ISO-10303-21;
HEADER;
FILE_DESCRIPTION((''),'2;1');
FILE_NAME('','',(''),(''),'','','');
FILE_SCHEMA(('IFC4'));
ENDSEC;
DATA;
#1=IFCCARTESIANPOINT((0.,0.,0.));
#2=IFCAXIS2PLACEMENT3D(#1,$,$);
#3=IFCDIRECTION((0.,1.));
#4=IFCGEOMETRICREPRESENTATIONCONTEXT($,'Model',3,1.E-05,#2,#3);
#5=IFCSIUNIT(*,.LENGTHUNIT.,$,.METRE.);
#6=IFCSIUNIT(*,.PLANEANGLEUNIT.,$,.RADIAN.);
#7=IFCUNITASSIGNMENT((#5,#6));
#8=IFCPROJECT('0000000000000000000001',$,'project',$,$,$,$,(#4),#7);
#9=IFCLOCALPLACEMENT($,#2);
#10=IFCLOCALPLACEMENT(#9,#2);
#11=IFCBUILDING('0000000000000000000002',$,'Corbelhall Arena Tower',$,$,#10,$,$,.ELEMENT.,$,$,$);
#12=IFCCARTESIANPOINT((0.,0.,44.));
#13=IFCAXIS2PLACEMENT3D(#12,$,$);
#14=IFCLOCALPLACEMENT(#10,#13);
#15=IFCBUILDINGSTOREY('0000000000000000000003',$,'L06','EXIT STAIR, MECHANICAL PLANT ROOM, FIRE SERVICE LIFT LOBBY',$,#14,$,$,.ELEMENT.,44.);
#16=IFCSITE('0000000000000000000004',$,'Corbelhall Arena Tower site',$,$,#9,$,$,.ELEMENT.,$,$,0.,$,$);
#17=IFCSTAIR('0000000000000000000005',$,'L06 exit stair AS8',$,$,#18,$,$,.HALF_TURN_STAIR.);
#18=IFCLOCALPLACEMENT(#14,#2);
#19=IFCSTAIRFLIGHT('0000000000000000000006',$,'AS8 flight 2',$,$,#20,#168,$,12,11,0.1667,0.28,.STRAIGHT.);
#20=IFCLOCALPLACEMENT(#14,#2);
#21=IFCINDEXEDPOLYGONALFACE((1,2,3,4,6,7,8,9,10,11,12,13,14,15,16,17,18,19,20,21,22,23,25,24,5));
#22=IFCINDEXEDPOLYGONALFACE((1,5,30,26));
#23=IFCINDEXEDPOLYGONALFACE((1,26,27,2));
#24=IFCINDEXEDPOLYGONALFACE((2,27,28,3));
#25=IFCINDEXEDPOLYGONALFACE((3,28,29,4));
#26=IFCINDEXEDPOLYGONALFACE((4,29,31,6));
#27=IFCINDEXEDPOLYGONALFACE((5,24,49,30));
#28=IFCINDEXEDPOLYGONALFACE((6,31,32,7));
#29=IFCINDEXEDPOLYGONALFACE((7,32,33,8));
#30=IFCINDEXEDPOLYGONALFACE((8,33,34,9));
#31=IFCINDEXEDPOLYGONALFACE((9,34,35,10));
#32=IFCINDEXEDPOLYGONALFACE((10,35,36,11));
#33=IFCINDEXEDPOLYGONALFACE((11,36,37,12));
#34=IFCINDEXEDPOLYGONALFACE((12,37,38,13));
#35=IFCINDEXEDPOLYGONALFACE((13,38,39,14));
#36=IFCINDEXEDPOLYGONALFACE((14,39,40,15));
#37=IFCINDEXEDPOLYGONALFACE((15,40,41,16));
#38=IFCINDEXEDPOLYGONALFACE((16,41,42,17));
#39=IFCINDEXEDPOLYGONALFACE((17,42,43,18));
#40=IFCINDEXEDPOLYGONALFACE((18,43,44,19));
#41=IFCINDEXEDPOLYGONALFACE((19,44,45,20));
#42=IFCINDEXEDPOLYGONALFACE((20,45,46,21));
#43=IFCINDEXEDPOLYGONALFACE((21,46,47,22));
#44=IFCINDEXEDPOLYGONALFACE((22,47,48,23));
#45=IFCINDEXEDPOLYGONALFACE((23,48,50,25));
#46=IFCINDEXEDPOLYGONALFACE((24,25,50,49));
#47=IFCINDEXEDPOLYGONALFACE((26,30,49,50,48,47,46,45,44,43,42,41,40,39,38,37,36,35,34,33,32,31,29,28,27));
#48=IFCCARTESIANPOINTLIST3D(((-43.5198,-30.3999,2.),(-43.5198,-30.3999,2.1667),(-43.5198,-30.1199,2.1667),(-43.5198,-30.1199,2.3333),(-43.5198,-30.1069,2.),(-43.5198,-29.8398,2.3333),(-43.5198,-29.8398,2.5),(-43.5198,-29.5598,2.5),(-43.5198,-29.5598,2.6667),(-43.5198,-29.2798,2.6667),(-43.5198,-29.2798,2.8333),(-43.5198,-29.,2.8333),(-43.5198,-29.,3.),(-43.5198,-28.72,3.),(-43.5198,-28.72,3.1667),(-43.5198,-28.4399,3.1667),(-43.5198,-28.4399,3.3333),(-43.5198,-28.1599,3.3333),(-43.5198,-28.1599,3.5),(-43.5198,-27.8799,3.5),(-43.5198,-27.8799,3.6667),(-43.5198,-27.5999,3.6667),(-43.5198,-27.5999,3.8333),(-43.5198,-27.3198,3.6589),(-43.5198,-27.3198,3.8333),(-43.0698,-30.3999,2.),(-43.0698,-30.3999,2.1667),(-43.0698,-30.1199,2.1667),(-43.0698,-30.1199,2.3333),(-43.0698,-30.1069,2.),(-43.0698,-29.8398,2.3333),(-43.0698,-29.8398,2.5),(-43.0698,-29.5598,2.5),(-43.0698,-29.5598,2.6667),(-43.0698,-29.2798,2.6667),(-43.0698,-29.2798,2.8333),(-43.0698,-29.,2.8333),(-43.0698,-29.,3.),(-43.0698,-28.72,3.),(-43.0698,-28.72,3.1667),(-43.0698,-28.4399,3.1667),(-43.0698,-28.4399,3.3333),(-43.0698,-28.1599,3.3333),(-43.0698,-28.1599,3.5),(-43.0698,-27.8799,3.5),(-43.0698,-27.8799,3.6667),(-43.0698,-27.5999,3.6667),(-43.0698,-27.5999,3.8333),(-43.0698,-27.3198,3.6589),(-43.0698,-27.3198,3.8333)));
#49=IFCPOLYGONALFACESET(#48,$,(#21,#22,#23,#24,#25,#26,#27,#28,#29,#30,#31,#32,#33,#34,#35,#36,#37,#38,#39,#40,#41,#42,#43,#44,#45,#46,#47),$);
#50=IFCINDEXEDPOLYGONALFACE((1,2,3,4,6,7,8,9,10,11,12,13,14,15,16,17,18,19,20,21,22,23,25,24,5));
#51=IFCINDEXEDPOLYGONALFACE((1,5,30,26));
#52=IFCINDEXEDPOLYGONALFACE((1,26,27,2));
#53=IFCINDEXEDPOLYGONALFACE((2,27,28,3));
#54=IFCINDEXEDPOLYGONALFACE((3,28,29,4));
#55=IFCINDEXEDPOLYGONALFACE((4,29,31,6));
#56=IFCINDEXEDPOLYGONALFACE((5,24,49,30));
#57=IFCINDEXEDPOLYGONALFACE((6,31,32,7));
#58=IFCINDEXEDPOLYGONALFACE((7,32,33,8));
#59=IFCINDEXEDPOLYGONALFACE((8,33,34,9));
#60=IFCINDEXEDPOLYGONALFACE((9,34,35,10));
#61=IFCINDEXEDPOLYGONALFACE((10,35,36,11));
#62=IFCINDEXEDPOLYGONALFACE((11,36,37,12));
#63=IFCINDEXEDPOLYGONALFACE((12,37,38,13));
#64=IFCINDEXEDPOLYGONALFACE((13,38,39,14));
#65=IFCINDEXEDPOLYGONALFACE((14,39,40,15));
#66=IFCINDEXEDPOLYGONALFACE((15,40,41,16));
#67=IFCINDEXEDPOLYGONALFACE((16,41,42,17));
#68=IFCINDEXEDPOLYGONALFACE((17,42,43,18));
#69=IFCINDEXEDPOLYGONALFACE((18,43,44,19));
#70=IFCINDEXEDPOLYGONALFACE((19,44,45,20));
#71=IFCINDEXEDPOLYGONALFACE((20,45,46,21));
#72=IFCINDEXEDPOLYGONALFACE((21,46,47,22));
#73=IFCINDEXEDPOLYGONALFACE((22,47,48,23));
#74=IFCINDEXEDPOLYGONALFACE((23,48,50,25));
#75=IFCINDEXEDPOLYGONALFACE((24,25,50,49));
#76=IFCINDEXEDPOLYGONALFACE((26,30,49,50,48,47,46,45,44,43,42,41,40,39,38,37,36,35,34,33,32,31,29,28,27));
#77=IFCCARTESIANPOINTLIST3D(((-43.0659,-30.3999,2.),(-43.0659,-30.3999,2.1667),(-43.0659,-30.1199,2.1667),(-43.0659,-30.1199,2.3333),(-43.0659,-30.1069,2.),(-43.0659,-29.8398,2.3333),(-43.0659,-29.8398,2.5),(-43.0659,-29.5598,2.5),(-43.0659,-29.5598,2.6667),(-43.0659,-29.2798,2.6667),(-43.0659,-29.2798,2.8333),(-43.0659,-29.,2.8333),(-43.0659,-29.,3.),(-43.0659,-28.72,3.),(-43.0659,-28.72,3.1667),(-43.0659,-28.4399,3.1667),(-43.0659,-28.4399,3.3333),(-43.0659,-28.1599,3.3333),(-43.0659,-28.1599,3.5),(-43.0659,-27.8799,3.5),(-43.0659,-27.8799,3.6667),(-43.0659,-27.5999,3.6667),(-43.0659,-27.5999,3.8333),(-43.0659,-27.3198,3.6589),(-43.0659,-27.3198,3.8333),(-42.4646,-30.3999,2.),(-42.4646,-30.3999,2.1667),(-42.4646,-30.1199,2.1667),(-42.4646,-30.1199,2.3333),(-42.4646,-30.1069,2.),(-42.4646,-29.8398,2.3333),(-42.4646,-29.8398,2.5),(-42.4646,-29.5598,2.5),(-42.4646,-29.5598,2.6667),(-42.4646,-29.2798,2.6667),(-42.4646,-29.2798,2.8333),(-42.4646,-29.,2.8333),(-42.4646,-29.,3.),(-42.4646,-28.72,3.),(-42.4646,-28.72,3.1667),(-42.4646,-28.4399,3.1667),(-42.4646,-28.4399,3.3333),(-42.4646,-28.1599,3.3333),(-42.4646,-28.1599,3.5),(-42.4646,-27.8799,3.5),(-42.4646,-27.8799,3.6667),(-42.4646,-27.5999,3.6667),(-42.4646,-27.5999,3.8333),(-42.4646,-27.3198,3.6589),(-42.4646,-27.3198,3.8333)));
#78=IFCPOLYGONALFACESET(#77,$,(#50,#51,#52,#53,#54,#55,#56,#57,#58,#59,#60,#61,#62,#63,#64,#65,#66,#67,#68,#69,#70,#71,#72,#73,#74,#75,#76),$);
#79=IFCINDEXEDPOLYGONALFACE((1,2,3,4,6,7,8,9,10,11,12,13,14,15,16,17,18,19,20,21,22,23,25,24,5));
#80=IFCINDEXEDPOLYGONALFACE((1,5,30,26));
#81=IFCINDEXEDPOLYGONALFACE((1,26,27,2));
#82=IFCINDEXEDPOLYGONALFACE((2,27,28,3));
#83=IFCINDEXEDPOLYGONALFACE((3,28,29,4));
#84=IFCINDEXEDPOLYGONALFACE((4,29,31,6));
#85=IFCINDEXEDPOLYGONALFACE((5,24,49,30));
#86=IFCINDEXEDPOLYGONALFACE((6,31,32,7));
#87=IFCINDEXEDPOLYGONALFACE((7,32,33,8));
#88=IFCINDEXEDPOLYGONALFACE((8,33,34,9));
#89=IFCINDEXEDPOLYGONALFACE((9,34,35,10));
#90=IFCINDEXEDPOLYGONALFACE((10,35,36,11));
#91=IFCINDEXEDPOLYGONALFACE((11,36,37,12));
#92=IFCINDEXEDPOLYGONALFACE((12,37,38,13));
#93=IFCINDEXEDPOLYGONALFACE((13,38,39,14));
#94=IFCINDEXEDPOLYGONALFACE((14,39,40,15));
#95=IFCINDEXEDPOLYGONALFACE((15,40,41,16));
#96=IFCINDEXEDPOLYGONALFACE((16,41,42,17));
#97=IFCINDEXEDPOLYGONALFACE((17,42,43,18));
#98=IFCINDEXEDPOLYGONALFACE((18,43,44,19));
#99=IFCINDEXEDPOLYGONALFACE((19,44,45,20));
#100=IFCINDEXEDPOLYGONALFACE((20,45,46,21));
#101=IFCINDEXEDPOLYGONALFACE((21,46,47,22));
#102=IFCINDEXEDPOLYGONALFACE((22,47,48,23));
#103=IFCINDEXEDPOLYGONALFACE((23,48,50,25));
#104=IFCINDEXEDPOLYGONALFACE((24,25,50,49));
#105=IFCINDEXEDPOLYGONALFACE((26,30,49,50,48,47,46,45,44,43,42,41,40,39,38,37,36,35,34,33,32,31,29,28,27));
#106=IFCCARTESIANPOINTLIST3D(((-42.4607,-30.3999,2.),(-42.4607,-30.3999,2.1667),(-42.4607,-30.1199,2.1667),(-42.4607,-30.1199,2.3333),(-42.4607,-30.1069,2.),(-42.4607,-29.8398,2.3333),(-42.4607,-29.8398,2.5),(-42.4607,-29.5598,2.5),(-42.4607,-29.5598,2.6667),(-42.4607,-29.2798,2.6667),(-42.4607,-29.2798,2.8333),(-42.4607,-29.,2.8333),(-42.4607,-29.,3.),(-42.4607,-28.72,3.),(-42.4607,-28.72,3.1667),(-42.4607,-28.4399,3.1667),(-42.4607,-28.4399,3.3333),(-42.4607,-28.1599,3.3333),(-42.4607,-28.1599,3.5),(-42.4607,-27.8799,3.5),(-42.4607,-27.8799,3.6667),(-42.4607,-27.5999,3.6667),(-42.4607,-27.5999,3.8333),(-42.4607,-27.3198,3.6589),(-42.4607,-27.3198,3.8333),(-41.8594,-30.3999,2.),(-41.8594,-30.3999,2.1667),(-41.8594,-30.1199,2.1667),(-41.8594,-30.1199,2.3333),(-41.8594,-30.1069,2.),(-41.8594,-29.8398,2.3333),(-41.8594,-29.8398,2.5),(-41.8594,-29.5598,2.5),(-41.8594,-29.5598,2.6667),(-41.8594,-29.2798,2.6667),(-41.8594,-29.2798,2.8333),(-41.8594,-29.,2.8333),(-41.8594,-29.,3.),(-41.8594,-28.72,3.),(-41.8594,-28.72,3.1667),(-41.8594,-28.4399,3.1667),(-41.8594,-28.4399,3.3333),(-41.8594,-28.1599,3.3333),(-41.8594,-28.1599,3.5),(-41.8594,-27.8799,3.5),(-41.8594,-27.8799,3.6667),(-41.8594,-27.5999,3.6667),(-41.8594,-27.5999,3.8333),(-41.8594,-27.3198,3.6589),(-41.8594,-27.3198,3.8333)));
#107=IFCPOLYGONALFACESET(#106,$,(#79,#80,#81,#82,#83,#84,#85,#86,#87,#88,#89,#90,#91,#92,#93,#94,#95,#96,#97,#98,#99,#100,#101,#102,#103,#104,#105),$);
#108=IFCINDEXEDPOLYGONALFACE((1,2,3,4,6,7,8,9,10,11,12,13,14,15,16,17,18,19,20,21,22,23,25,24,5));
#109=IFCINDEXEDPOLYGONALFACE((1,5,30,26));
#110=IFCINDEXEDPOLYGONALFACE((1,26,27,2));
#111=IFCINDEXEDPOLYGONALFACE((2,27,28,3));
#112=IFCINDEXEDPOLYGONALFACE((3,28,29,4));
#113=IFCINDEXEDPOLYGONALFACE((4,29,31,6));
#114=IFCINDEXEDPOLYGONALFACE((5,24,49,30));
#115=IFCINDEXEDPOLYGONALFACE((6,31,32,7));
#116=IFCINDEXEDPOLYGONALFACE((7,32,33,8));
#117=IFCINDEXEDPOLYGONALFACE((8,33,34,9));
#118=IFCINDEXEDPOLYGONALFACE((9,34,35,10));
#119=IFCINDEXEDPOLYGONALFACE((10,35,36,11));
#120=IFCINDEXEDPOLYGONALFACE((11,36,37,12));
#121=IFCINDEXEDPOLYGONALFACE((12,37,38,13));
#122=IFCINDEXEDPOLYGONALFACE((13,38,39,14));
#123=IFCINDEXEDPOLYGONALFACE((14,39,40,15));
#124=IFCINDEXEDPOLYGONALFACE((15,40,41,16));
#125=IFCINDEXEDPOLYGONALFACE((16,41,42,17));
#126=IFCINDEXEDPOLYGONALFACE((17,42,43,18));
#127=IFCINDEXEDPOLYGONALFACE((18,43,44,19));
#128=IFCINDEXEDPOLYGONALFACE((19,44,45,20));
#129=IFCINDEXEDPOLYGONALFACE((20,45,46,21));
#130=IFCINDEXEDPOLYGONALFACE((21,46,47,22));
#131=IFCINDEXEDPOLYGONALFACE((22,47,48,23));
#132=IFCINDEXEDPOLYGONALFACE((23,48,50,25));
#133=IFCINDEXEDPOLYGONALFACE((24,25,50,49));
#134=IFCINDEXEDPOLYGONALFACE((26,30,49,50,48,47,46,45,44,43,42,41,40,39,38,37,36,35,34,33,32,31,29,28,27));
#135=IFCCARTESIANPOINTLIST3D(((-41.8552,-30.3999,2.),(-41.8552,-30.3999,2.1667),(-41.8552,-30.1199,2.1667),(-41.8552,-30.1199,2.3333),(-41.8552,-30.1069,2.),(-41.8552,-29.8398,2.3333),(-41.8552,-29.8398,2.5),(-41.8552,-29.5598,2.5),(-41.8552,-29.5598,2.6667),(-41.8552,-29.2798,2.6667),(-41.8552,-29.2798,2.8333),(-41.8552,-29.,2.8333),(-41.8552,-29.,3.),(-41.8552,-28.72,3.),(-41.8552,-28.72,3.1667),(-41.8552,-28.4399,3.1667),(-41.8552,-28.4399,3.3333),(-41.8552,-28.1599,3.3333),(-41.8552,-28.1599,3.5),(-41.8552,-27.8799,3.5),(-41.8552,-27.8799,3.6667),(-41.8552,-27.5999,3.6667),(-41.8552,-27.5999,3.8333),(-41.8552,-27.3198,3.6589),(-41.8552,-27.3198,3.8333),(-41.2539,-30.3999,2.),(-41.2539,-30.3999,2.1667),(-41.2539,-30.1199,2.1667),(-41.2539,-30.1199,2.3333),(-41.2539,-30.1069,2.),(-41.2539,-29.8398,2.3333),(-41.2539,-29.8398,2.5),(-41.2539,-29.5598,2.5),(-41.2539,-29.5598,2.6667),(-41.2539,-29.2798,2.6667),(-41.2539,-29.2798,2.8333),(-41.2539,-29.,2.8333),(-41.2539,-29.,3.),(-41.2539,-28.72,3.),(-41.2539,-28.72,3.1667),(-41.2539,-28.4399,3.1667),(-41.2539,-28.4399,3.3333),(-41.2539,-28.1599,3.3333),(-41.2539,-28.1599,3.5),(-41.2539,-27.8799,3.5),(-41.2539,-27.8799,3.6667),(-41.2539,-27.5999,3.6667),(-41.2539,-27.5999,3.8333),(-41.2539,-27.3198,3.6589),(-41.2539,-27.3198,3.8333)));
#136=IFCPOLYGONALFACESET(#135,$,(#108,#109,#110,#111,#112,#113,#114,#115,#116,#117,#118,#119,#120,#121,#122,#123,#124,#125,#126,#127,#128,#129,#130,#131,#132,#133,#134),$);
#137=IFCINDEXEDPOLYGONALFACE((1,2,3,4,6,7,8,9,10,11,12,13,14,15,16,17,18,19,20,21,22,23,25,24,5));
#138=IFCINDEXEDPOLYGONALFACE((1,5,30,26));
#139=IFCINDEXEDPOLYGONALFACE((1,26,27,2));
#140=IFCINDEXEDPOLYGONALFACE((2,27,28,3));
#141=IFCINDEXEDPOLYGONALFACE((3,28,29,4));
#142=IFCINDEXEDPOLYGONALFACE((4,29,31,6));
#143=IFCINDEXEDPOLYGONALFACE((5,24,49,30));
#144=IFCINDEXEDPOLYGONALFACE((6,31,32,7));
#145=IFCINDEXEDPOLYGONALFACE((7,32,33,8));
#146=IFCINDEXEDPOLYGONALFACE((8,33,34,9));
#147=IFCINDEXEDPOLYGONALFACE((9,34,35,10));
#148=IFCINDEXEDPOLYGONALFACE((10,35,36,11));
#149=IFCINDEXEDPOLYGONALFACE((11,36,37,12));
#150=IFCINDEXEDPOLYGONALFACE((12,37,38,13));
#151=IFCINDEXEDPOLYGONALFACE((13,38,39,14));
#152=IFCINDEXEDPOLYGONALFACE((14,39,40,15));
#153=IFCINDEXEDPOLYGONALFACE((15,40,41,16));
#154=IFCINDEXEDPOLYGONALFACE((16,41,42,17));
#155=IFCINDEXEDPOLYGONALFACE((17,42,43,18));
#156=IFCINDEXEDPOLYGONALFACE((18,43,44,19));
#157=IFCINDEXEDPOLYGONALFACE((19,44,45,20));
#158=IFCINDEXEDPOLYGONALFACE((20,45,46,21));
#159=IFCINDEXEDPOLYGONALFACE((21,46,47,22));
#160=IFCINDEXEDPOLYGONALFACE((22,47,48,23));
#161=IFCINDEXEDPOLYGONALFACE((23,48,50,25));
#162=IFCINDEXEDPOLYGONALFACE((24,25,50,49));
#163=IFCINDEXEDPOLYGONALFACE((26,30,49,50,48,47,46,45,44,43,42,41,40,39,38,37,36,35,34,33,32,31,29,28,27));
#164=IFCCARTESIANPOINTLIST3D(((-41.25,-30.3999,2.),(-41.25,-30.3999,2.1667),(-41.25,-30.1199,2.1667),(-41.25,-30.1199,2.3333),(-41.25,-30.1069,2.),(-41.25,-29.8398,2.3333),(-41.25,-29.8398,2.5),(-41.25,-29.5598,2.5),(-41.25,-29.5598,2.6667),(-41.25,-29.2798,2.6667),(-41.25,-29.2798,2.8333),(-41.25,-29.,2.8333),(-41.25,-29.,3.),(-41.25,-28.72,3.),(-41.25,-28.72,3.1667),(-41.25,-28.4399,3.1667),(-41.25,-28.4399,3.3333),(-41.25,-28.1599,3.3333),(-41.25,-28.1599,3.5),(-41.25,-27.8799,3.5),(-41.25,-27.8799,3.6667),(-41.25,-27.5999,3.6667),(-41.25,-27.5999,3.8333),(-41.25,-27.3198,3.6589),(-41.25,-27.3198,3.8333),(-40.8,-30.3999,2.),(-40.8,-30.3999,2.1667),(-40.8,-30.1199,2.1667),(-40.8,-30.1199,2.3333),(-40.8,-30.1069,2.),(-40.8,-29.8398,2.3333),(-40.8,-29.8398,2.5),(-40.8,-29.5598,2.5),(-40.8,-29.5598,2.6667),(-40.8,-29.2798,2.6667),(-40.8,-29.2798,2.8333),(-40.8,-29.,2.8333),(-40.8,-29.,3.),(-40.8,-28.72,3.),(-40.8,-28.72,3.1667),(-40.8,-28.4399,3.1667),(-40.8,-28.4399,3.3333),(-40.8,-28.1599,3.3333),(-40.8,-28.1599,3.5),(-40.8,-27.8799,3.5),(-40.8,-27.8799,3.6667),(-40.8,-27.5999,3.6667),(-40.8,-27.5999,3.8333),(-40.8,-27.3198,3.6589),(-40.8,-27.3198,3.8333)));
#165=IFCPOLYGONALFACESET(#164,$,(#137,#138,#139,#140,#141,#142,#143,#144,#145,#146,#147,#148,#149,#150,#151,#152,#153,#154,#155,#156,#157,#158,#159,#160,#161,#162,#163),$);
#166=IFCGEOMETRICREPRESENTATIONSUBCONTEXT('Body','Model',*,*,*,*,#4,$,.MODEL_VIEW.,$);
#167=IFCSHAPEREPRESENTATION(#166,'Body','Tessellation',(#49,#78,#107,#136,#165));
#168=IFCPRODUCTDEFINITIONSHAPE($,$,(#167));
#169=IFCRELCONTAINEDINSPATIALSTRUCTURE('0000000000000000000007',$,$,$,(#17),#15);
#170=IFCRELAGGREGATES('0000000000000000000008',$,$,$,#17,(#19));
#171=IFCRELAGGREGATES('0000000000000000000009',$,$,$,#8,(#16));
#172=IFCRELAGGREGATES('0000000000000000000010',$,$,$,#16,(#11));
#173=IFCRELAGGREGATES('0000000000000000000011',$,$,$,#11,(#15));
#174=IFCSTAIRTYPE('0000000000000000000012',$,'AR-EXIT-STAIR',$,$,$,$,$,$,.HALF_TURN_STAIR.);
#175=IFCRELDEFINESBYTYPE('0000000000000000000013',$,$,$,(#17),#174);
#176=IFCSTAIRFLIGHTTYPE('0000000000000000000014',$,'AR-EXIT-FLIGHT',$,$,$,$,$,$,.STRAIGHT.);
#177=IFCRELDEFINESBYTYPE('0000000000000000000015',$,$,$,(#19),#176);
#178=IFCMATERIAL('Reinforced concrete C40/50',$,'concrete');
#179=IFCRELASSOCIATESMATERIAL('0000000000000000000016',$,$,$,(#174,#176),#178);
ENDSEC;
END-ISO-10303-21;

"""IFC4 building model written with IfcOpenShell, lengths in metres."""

from ifc_helpers import new_model, si_unit, direction, frame, origin, place, context, subcontext, project, spatial, polyline, outline, extrude, material, type_object, element, aggregate, save


model = new_model("IFC4")

# Units and contexts
model_context = context("Model", 3, precision=1e-05, world=origin(), true_north=direction((0.0, 1.0)))
body_context = subcontext(model_context, "Body", "Model", "MODEL_VIEW")
ifc_project = project(units=[si_unit("LENGTHUNIT", "METRE"), si_unit("PLANEANGLEUNIT", "RADIAN")], contexts=[model_context])

# Site, building, storey
site_placement = place(None, origin())
site = spatial("IfcSite", under=ifc_project, at=site_placement, Name="Corbelhall Arena Tower site", CompositionType="ELEMENT", RefElevation=0.0)
building_placement = place(site_placement, origin())
building = spatial("IfcBuilding", under=site, at=building_placement, Name="Corbelhall Arena Tower", CompositionType="ELEMENT")
storey_placement = place(building_placement, frame((0.0, 0.0, 44.0)))
storey = spatial("IfcBuildingStorey", under=building, at=storey_placement, Name="L06", Description="EXIT STAIR, MECHANICAL PLANT ROOM, FIRE SERVICE LIFT LOBBY", CompositionType="ELEMENT", Elevation=44.0)

# Shared definitions
ifc_material_1 = material(Name="Reinforced concrete C40/50", Category="concrete")

# Stair, stair flight
stair_type = type_object("IfcStairType", Name="AR-EXIT-STAIR", PredefinedType="HALF_TURN_STAIR", material=ifc_material_1)
stair_flight_type = type_object("IfcStairFlightType", Name="AR-EXIT-FLIGHT", PredefinedType="STRAIGHT", material=ifc_material_1)
stair_1_placement = place(storey_placement, origin())
stair_1 = element("IfcStair", 1, at=stair_1_placement, inside=storey, type_object=stair_type, Name="L06 exit stair AS8", PredefinedType="HALF_TURN_STAIR")
stair_flight_1_placement = place(storey_placement, frame((-42.1599, -30.3999, 2.0), z_axis=(0.0, 0.0, 1.0), x_axis=(0.0, 1.0, 0.0)))
stair_flight_1 = element("IfcStairFlight", 2, at=stair_flight_1_placement, type_object=stair_flight_type, Name="AS8 flight 2", NumberOfRisers=12, NumberOfTreads=11, PredefinedType="STRAIGHT", RiserHeight=0.1667, TreadLength=0.28, context=body_context, shape_type="SweptSolid", body=[
    extrude(outline(polyline([(0.0, 0.0), (0.0, 0.1667), (0.28, 0.1667), (0.28, 0.3333), (0.5601, 0.3333), (0.5601, 0.5), (0.8401, 0.5), (0.8401, 0.6667), (1.1201, 0.6667), (1.1201, 0.8333), (1.3999, 0.8333), (1.3999, 1.0), (1.6799, 1.0), (1.6799, 1.1667), (1.96, 1.1667), (1.96, 1.3333), (2.24, 1.3333), (2.24, 1.5), (2.52, 1.5), (2.52, 1.6667), (2.8, 1.6667), (2.8, 1.8333), (3.0801, 1.8333), (3.0801, 2.0), (3.0801, 1.6589), (0.293, 0.0), (0.0, 0.0)])), frame((0.0, 1.3599, 0.0), z_axis=(0.0, -1.0, 0.0), x_axis=(1.0, 0.0, 0.0)), (0.0, 0.0, 1.0), 0.45),
    extrude(outline(polyline([(0.0, 0.0), (0.0, 0.1667), (0.28, 0.1667), (0.28, 0.3333), (0.5601, 0.3333), (0.5601, 0.5), (0.8401, 0.5), (0.8401, 0.6667), (1.1201, 0.6667), (1.1201, 0.8333), (1.3999, 0.8333), (1.3999, 1.0), (1.6799, 1.0), (1.6799, 1.1667), (1.96, 1.1667), (1.96, 1.3333), (2.24, 1.3333), (2.24, 1.5), (2.52, 1.5), (2.52, 1.6667), (2.8, 1.6667), (2.8, 1.8333), (3.0801, 1.8333), (3.0801, 2.0), (3.0801, 1.6589), (0.293, 0.0), (0.0, 0.0)])), frame((0.0, 0.906, 0.0), z_axis=(0.0, -1.0, 0.0), x_axis=(1.0, 0.0, 0.0)), (0.0, 0.0, 1.0), 0.6013),
    extrude(outline(polyline([(0.0, 0.0), (0.0, 0.1667), (0.28, 0.1667), (0.28, 0.3333), (0.5601, 0.3333), (0.5601, 0.5), (0.8401, 0.5), (0.8401, 0.6667), (1.1201, 0.6667), (1.1201, 0.8333), (1.3999, 0.8333), (1.3999, 1.0), (1.6799, 1.0), (1.6799, 1.1667), (1.96, 1.1667), (1.96, 1.3333), (2.24, 1.3333), (2.24, 1.5), (2.52, 1.5), (2.52, 1.6667), (2.8, 1.6667), (2.8, 1.8333), (3.0801, 1.8333), (3.0801, 2.0), (3.0801, 1.6589), (0.293, 0.0), (0.0, 0.0)])), frame((0.0, 0.3008, 0.0), z_axis=(0.0, -1.0, 0.0), x_axis=(1.0, 0.0, 0.0)), (0.0, 0.0, 1.0), 0.6013),
    extrude(outline(polyline([(0.0, 0.0), (0.0, 0.1667), (0.28, 0.1667), (0.28, 0.3333), (0.5601, 0.3333), (0.5601, 0.5), (0.8401, 0.5), (0.8401, 0.6667), (1.1201, 0.6667), (1.1201, 0.8333), (1.3999, 0.8333), (1.3999, 1.0), (1.6799, 1.0), (1.6799, 1.1667), (1.96, 1.1667), (1.96, 1.3333), (2.24, 1.3333), (2.24, 1.5), (2.52, 1.5), (2.52, 1.6667), (2.8, 1.6667), (2.8, 1.8333), (3.0801, 1.8333), (3.0801, 2.0), (3.0801, 1.6589), (0.293, 0.0), (0.0, 0.0)])), frame((0.0, -0.3047, 0.0), z_axis=(0.0, -1.0, 0.0), x_axis=(1.0, 0.0, 0.0)), (0.0, 0.0, 1.0), 0.6013),
    extrude(outline(polyline([(0.0, 0.0), (0.0, 0.1667), (0.28, 0.1667), (0.28, 0.3333), (0.5601, 0.3333), (0.5601, 0.5), (0.8401, 0.5), (0.8401, 0.6667), (1.1201, 0.6667), (1.1201, 0.8333), (1.3999, 0.8333), (1.3999, 1.0), (1.6799, 1.0), (1.6799, 1.1667), (1.96, 1.1667), (1.96, 1.3333), (2.24, 1.3333), (2.24, 1.5), (2.52, 1.5), (2.52, 1.6667), (2.8, 1.6667), (2.8, 1.8333), (3.0801, 1.8333), (3.0801, 2.0), (3.0801, 1.6589), (0.293, 0.0), (0.0, 0.0)])), frame((0.0, -0.9099, 0.0), z_axis=(0.0, -1.0, 0.0), x_axis=(1.0, 0.0, 0.0)), (0.0, 0.0, 1.0), 0.45),
])
aggregate(stair_1, [stair_flight_1])

save(model, "model.ifc")
